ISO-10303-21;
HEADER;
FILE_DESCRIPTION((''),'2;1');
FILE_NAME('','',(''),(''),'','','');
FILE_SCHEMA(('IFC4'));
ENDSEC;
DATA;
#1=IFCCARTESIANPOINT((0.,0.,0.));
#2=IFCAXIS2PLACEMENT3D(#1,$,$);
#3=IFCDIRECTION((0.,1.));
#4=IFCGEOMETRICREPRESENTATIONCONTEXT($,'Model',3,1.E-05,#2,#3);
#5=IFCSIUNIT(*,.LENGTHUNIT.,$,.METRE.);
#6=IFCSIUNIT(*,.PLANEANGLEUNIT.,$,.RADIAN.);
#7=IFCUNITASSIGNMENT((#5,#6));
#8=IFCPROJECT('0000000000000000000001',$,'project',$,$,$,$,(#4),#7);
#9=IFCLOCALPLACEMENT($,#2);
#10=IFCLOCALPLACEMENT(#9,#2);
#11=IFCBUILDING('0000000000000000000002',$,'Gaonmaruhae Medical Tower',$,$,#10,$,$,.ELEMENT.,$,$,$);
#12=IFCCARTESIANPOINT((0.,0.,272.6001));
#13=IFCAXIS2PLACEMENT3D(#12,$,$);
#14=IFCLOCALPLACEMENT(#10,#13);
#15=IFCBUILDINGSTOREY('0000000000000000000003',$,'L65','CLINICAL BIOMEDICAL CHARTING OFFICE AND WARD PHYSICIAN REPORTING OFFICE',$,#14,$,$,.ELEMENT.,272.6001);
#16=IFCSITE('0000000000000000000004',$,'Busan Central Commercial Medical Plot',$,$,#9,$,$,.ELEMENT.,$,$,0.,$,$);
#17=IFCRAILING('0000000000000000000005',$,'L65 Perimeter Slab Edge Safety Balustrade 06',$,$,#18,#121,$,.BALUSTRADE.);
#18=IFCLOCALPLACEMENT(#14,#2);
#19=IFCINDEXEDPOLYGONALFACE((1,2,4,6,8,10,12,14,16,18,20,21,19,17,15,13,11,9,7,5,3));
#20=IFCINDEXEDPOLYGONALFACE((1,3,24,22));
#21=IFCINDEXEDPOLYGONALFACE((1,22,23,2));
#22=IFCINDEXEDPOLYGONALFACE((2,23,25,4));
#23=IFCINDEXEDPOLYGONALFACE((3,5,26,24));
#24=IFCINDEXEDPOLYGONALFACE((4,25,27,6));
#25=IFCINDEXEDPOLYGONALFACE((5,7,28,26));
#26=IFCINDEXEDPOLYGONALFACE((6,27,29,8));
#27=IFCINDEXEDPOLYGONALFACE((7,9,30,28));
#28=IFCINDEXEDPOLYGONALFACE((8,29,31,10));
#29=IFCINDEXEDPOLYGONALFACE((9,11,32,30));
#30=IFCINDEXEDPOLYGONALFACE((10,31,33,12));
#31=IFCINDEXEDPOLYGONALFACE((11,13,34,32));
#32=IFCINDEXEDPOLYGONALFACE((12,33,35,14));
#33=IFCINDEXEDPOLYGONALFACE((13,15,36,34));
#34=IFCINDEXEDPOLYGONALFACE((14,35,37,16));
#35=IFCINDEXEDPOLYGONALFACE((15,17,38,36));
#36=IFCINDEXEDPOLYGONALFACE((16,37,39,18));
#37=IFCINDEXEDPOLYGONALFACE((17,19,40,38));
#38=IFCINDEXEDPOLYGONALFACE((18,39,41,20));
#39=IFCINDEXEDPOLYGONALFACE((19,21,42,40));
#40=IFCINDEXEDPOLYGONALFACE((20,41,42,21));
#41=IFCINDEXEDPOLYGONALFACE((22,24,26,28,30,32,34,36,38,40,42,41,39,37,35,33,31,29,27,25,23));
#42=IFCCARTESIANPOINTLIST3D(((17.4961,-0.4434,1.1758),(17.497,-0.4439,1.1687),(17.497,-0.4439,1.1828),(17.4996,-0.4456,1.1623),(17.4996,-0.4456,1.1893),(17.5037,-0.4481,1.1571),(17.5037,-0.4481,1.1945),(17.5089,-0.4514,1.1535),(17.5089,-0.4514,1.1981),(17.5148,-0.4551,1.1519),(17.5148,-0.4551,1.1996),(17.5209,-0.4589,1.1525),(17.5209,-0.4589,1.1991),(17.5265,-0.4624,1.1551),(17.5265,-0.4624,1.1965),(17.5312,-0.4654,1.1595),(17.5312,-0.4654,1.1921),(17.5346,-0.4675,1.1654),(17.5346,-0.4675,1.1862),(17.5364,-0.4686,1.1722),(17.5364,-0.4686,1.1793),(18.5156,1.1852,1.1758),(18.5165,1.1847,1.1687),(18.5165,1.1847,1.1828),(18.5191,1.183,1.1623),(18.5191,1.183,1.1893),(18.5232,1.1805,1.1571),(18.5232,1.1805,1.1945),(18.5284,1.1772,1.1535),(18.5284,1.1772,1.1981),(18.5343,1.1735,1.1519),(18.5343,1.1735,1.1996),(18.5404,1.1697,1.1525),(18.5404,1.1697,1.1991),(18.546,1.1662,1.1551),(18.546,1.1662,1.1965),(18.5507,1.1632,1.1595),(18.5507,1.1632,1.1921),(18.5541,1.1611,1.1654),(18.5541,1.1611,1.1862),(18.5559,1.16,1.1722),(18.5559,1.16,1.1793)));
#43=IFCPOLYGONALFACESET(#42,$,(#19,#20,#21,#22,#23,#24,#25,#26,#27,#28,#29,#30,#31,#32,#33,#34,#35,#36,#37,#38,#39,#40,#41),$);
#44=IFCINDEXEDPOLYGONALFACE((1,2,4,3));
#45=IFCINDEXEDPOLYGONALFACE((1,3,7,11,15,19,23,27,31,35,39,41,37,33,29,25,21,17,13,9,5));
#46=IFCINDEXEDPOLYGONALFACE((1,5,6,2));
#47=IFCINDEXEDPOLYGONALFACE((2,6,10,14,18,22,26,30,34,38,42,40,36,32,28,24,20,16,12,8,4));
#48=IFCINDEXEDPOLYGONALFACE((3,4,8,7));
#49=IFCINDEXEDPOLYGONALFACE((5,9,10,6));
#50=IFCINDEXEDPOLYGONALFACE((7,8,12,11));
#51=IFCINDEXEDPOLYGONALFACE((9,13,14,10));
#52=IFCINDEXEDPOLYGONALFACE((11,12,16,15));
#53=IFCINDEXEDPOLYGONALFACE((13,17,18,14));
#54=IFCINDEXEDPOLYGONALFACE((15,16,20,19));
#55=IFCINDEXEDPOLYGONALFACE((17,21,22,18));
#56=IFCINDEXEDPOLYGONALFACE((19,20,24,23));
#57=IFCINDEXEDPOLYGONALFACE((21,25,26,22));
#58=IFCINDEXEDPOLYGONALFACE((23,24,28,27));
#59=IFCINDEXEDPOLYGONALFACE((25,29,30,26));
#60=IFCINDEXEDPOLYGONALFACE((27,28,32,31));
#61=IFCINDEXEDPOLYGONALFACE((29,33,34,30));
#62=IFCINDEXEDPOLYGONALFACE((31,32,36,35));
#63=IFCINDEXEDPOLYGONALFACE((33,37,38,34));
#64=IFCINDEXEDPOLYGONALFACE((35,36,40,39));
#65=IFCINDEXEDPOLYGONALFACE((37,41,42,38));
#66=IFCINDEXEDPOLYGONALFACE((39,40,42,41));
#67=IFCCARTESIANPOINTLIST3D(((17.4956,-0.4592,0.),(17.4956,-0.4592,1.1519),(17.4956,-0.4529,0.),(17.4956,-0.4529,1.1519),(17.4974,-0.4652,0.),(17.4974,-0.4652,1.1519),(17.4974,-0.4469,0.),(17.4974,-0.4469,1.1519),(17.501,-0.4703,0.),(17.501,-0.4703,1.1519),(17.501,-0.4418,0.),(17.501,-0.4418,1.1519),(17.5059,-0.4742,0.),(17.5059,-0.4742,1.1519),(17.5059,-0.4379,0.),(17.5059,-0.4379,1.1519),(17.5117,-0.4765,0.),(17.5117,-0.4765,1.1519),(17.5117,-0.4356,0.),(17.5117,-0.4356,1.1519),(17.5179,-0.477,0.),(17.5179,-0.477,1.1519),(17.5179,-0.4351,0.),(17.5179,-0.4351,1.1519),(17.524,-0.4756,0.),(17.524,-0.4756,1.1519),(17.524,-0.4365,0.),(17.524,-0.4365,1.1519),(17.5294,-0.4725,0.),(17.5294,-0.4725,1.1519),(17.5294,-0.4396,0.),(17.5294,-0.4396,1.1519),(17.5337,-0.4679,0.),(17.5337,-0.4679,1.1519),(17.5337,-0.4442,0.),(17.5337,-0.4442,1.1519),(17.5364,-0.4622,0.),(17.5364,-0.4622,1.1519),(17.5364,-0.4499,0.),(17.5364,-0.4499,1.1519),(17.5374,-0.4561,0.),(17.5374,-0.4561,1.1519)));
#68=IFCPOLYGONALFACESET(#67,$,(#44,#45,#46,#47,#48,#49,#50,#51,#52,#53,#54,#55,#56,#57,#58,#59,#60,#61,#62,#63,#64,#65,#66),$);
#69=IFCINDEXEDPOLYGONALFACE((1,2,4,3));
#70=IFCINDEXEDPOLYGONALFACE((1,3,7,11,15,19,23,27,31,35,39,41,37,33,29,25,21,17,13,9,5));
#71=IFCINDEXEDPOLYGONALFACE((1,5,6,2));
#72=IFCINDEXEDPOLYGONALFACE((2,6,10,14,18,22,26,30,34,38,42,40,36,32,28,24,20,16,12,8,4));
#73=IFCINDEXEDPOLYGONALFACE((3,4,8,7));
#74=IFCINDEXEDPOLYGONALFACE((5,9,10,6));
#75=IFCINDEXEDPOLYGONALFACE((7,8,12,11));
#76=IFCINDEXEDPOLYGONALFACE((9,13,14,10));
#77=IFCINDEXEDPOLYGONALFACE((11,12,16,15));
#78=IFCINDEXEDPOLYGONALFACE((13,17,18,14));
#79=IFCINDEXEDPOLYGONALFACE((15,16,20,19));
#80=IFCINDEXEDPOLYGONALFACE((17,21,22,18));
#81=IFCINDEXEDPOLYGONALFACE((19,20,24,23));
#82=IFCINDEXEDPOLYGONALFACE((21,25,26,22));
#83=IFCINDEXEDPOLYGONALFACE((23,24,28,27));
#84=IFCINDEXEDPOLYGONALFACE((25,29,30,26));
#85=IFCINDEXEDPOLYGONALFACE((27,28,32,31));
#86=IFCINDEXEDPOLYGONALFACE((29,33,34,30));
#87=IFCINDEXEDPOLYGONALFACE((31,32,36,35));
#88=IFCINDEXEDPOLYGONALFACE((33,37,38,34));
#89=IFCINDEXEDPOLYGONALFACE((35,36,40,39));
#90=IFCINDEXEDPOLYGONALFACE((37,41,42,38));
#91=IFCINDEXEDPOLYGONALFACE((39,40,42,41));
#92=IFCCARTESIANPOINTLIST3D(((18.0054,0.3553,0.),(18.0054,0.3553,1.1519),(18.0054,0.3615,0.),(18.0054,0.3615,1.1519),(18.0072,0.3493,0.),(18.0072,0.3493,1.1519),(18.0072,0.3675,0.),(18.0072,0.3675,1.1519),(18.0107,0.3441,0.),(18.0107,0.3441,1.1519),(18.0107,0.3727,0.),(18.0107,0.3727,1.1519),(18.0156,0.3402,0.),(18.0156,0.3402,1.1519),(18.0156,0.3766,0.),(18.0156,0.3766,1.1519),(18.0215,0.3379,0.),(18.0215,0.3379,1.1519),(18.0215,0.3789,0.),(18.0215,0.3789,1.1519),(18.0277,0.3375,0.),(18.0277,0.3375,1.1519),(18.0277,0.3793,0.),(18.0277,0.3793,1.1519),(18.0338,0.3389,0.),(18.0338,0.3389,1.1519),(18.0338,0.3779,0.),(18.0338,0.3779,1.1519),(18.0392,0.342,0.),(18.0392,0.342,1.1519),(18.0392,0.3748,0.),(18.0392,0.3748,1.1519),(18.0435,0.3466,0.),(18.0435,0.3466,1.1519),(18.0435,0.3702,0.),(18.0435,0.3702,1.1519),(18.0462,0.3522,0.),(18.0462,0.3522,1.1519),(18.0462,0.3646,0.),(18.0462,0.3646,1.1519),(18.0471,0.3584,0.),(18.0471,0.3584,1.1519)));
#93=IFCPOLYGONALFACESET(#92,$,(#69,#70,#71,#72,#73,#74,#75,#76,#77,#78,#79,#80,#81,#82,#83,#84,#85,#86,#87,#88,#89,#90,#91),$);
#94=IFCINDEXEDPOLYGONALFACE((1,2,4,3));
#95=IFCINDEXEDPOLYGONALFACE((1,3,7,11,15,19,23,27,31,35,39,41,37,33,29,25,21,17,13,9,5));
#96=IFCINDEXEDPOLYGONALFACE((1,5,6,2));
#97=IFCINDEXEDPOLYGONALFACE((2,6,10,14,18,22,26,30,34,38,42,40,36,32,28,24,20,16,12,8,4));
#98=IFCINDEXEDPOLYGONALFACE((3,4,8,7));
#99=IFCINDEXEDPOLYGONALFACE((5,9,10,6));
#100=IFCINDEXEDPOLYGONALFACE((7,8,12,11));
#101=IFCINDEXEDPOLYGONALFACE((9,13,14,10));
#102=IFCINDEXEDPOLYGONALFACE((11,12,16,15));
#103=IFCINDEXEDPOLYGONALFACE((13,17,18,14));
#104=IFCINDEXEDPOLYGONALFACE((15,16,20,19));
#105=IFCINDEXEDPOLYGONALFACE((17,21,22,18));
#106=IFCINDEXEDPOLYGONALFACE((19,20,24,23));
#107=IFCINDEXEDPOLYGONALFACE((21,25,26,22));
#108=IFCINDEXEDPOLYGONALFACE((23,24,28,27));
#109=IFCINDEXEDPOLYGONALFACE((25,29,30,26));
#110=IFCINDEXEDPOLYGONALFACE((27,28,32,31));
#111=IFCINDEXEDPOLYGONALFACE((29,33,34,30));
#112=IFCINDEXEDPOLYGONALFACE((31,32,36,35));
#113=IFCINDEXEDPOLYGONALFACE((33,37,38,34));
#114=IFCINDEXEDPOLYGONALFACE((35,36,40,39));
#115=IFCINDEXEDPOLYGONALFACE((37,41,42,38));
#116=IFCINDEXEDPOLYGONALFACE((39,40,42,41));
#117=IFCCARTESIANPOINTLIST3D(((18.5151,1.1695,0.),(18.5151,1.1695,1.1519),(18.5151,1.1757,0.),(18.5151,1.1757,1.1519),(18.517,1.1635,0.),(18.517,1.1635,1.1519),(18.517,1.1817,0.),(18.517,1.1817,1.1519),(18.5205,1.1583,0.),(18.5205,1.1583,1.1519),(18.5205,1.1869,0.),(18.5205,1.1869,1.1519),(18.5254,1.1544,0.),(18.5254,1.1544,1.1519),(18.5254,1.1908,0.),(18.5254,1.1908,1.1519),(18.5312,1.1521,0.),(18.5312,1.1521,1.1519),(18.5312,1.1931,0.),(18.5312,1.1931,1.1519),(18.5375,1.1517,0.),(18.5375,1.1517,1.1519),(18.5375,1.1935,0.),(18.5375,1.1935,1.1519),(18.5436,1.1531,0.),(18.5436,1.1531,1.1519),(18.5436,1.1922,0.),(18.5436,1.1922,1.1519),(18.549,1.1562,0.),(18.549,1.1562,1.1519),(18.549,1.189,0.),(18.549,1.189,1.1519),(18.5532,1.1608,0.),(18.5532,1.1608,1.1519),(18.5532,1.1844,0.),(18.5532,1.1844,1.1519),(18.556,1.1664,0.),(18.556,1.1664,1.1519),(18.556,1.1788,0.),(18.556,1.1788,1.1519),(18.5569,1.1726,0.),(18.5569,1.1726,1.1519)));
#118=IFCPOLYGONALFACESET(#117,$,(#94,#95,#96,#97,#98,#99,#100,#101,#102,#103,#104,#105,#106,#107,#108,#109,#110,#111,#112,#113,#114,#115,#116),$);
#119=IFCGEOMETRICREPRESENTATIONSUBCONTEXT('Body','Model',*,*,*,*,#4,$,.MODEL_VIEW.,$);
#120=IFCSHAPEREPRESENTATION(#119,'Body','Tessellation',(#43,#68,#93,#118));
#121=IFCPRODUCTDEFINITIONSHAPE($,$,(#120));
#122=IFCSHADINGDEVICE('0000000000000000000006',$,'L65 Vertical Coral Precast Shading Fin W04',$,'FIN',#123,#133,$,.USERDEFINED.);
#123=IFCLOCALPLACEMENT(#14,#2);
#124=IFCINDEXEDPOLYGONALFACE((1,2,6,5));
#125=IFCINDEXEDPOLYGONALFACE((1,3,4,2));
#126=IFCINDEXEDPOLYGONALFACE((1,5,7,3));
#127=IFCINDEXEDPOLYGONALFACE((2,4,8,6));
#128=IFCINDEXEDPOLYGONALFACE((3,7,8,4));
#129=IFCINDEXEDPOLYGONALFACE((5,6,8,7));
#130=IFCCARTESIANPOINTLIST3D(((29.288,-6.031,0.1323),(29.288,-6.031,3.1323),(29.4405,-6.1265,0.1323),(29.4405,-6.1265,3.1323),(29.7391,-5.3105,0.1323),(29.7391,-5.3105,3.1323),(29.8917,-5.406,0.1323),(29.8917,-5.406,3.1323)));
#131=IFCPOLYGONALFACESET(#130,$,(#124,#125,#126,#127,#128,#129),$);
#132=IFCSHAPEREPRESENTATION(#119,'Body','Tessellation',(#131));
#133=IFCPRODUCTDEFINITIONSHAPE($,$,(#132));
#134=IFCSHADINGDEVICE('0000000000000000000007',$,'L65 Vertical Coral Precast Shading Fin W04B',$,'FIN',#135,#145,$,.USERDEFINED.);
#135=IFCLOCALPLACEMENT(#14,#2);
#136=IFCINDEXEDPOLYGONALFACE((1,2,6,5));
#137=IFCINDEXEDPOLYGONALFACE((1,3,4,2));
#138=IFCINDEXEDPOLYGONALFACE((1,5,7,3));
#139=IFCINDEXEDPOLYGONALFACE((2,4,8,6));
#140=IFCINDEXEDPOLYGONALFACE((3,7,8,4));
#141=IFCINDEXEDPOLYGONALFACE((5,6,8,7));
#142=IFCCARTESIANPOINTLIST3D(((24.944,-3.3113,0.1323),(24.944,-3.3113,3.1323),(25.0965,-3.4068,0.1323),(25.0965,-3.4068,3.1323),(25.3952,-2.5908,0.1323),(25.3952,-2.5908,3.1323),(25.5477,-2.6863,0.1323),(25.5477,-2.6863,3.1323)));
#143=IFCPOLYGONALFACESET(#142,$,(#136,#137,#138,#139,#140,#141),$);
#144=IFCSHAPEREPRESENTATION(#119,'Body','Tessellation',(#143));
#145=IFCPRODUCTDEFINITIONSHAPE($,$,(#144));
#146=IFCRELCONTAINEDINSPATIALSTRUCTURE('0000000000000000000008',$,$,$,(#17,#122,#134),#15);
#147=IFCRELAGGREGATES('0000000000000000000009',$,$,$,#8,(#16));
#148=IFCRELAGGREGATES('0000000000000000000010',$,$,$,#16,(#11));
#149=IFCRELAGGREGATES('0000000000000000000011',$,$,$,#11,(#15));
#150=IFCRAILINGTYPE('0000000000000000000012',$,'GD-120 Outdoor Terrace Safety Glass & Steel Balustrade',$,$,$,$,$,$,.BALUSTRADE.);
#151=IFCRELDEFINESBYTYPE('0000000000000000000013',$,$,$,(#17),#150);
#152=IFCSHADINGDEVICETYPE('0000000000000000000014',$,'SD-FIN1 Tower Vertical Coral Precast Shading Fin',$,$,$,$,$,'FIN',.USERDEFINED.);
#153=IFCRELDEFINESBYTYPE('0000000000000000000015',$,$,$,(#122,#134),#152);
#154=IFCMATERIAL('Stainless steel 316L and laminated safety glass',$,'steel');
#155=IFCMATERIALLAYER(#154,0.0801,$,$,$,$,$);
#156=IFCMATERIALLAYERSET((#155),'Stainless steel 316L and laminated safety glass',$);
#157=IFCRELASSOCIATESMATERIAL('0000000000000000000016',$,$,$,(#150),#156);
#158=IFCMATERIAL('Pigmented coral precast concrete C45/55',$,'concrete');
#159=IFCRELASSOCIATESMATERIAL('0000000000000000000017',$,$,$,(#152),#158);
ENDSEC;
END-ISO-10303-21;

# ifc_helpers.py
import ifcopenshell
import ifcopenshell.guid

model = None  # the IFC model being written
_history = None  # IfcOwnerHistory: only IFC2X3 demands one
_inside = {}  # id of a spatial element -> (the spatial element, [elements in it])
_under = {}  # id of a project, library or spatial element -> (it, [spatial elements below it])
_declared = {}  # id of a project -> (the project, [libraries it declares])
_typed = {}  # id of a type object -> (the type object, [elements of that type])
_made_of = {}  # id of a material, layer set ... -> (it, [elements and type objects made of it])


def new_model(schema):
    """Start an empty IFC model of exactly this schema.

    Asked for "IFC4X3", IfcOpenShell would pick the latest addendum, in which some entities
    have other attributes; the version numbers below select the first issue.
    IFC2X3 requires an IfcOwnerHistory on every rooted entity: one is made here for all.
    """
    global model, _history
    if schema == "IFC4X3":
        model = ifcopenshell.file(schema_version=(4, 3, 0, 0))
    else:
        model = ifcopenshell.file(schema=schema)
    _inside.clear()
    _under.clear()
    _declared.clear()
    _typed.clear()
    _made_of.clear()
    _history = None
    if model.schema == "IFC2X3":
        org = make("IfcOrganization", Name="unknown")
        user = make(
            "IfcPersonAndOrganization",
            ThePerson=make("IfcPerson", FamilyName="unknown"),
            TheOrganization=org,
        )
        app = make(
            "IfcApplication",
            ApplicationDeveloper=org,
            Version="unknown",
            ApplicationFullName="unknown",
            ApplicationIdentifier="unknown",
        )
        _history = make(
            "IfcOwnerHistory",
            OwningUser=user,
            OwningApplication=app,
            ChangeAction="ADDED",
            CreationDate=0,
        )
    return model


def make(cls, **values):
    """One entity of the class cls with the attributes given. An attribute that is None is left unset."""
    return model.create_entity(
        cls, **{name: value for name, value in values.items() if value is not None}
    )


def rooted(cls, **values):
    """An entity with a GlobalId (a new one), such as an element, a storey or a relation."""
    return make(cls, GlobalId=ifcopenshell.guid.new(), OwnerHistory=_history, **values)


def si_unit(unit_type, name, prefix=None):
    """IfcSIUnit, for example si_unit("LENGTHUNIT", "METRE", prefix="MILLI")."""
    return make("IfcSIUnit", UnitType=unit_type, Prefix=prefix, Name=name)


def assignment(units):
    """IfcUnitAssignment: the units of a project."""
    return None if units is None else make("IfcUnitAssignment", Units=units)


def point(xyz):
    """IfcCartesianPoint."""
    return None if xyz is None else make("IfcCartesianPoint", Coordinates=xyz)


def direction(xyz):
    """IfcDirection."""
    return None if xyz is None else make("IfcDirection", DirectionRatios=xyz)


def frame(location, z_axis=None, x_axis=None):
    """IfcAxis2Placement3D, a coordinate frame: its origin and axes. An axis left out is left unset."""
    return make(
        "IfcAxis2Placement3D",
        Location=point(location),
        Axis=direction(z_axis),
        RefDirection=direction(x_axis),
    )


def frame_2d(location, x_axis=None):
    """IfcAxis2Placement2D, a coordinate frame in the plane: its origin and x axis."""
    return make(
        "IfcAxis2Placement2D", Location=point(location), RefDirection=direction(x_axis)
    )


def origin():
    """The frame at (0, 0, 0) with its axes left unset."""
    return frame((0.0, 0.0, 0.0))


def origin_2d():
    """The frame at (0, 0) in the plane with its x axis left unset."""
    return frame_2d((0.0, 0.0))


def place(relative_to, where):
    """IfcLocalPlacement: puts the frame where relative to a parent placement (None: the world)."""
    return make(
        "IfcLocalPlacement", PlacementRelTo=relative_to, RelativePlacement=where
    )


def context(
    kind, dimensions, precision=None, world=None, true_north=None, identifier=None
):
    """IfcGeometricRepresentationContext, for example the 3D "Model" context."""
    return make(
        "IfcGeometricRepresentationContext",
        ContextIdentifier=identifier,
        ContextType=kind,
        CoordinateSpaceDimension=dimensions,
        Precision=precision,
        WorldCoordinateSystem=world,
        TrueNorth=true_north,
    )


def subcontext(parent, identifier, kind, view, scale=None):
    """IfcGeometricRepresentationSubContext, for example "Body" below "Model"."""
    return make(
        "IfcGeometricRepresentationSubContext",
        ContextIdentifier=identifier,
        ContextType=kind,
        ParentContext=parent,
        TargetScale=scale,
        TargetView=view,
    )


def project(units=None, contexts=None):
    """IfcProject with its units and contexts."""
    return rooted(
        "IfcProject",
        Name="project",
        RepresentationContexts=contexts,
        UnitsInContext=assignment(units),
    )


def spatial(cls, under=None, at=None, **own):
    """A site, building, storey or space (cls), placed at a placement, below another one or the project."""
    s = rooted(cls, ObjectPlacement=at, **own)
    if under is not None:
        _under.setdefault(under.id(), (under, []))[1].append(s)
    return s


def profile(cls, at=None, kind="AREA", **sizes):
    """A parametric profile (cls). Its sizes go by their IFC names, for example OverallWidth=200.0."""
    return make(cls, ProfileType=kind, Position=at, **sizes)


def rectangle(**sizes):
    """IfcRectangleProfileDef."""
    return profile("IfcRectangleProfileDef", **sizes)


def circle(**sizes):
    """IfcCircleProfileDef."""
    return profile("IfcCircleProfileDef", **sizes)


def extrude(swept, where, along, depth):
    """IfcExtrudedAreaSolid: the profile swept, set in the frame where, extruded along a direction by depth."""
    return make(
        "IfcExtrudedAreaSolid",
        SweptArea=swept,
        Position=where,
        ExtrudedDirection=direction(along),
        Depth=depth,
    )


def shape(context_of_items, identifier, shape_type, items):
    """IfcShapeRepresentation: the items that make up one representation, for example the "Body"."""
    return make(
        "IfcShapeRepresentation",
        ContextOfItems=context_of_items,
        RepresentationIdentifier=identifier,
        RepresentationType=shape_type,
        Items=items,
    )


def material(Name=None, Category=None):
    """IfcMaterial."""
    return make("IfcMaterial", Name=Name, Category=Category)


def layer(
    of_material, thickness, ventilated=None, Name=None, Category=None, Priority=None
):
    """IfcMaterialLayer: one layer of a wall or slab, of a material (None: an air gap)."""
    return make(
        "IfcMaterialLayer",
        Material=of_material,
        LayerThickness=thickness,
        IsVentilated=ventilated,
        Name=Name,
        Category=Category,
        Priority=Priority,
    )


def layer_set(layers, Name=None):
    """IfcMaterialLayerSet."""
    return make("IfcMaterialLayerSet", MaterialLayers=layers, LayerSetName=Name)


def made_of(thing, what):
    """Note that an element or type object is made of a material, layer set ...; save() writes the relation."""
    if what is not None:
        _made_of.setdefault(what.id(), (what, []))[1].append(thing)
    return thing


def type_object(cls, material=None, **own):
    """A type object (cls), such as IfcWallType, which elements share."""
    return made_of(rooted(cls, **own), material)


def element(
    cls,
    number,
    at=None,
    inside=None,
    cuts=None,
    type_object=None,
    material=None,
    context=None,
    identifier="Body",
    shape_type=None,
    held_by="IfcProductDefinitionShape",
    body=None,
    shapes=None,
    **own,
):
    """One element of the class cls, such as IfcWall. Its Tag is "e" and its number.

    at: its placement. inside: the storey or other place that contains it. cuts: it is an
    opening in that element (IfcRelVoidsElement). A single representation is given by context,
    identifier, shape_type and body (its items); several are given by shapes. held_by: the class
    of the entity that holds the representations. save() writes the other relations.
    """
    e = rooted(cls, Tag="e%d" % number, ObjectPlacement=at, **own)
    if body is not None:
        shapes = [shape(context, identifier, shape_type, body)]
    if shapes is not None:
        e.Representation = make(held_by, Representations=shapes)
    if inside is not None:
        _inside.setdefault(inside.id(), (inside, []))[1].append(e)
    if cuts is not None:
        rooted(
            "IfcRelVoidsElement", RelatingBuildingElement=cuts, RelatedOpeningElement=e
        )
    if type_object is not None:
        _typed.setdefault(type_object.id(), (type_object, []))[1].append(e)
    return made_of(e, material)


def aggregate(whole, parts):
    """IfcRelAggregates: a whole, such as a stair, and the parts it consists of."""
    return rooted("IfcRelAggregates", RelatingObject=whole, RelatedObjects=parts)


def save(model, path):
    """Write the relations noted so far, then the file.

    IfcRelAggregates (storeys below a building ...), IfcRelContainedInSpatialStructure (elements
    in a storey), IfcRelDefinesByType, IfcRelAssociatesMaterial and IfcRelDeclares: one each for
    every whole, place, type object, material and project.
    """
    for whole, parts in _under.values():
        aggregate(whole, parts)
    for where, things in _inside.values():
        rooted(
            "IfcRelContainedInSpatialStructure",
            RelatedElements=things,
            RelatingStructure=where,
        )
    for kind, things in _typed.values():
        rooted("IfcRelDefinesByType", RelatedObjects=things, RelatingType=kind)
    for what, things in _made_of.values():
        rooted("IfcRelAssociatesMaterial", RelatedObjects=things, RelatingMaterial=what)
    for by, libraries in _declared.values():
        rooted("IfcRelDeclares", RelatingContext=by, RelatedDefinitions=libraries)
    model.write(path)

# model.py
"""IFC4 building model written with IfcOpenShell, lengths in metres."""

from ifc_helpers import new_model, si_unit, direction, frame, origin, origin_2d, place, context, subcontext, project, spatial, rectangle, circle, extrude, material, layer, layer_set, type_object, element, save


model = new_model("IFC4")

# Units and contexts
model_context = context("Model", 3, precision=1e-05, world=origin(), true_north=direction((0.0, 1.0)))
body_context = subcontext(model_context, "Body", "Model", "MODEL_VIEW")
ifc_project = project(units=[si_unit("LENGTHUNIT", "METRE"), si_unit("PLANEANGLEUNIT", "RADIAN")], contexts=[model_context])

# Site, building, storey
site_placement = place(None, origin())
site = spatial("IfcSite", under=ifc_project, at=site_placement, Name="Busan Central Commercial Medical Plot", CompositionType="ELEMENT", RefElevation=0.0)
building_placement = place(site_placement, origin())
building = spatial("IfcBuilding", under=site, at=building_placement, Name="Gaonmaruhae Medical Tower", CompositionType="ELEMENT")
storey_placement = place(building_placement, frame((0.0, 0.0, 272.6001)))
storey = spatial("IfcBuildingStorey", under=building, at=storey_placement, Name="L65", Description="CLINICAL BIOMEDICAL CHARTING OFFICE AND WARD PHYSICIAN REPORTING OFFICE", CompositionType="ELEMENT", Elevation=272.6001)

# Railing
ifc_material_1 = material(Name="Stainless steel 316L and laminated safety glass", Category="steel")
ifc_layer_1 = layer(ifc_material_1, 0.0801)
ifc_layer_set_1 = layer_set([ifc_layer_1], Name="Stainless steel 316L and laminated safety glass")
railing_type = type_object("IfcRailingType", Name="GD-120 Outdoor Terrace Safety Glass & Steel Balustrade", PredefinedType="BALUSTRADE", material=ifc_layer_set_1)
railing_1_placement = place(storey_placement, frame((17.5164, -0.4561, 0.0)))
element("IfcRailing", 1, at=railing_1_placement, inside=storey, type_object=railing_type, Name="L65 Perimeter Slab Edge Safety Balustrade 06", PredefinedType="BALUSTRADE", context=body_context, shape_type="SweptSolid", body=[
    extrude(circle(Radius=0.0239, at=origin_2d()), frame((0.0, 0.0, 1.1758), z_axis=(0.530604, 0.84762, 0.0), x_axis=(-0.84762, 0.530604, 0.0)), (0.0, 0.0, 1.0), 1.9214),
    extrude(circle(Radius=0.021, at=origin_2d()), origin(), (0.0, 0.0, 1.0), 1.1519),
    extrude(circle(Radius=0.021, at=origin_2d()), frame((0.5098, 0.8145, 0.0)), (0.0, 0.0, 1.0), 1.1519),
    extrude(circle(Radius=0.021, at=origin_2d()), frame((1.0195, 1.6287, 0.0)), (0.0, 0.0, 1.0), 1.1519),
])

# Shading devices
ifc_material_2 = material(Name="Pigmented coral precast concrete C45/55", Category="concrete")
shading_device_type = type_object("IfcShadingDeviceType", Name="SD-FIN1 Tower Vertical Coral Precast Shading Fin", ElementType="FIN", PredefinedType="USERDEFINED", material=ifc_material_2)
for number, where, z_axis, x_axis, name in (
    (2, (29.5898, -5.7185, 0.1323), (0.0, 0.0, 1.0), (-0.847585, 0.530659, 0.0), "L65 Vertical Coral Precast Shading Fin W04"),
    (3, (25.2458, -2.9988, 0.1323), (0.0, 0.0, 1.0), (-0.847585, 0.530659, 0.0), "L65 Vertical Coral Precast Shading Fin W04B"),
):
    element("IfcShadingDevice", number, at=place(storey_placement, frame(where, z_axis=z_axis, x_axis=x_axis)), inside=storey, type_object=shading_device_type, Name=name, ObjectType="FIN", PredefinedType="USERDEFINED", context=body_context, shape_type="SweptSolid", body=[
        extrude(rectangle(XDim=0.1799, YDim=0.8501, at=origin_2d()), origin(), (0.0, 0.0, 1.0), 3.0),
    ])

save(model, "model.ifc")
